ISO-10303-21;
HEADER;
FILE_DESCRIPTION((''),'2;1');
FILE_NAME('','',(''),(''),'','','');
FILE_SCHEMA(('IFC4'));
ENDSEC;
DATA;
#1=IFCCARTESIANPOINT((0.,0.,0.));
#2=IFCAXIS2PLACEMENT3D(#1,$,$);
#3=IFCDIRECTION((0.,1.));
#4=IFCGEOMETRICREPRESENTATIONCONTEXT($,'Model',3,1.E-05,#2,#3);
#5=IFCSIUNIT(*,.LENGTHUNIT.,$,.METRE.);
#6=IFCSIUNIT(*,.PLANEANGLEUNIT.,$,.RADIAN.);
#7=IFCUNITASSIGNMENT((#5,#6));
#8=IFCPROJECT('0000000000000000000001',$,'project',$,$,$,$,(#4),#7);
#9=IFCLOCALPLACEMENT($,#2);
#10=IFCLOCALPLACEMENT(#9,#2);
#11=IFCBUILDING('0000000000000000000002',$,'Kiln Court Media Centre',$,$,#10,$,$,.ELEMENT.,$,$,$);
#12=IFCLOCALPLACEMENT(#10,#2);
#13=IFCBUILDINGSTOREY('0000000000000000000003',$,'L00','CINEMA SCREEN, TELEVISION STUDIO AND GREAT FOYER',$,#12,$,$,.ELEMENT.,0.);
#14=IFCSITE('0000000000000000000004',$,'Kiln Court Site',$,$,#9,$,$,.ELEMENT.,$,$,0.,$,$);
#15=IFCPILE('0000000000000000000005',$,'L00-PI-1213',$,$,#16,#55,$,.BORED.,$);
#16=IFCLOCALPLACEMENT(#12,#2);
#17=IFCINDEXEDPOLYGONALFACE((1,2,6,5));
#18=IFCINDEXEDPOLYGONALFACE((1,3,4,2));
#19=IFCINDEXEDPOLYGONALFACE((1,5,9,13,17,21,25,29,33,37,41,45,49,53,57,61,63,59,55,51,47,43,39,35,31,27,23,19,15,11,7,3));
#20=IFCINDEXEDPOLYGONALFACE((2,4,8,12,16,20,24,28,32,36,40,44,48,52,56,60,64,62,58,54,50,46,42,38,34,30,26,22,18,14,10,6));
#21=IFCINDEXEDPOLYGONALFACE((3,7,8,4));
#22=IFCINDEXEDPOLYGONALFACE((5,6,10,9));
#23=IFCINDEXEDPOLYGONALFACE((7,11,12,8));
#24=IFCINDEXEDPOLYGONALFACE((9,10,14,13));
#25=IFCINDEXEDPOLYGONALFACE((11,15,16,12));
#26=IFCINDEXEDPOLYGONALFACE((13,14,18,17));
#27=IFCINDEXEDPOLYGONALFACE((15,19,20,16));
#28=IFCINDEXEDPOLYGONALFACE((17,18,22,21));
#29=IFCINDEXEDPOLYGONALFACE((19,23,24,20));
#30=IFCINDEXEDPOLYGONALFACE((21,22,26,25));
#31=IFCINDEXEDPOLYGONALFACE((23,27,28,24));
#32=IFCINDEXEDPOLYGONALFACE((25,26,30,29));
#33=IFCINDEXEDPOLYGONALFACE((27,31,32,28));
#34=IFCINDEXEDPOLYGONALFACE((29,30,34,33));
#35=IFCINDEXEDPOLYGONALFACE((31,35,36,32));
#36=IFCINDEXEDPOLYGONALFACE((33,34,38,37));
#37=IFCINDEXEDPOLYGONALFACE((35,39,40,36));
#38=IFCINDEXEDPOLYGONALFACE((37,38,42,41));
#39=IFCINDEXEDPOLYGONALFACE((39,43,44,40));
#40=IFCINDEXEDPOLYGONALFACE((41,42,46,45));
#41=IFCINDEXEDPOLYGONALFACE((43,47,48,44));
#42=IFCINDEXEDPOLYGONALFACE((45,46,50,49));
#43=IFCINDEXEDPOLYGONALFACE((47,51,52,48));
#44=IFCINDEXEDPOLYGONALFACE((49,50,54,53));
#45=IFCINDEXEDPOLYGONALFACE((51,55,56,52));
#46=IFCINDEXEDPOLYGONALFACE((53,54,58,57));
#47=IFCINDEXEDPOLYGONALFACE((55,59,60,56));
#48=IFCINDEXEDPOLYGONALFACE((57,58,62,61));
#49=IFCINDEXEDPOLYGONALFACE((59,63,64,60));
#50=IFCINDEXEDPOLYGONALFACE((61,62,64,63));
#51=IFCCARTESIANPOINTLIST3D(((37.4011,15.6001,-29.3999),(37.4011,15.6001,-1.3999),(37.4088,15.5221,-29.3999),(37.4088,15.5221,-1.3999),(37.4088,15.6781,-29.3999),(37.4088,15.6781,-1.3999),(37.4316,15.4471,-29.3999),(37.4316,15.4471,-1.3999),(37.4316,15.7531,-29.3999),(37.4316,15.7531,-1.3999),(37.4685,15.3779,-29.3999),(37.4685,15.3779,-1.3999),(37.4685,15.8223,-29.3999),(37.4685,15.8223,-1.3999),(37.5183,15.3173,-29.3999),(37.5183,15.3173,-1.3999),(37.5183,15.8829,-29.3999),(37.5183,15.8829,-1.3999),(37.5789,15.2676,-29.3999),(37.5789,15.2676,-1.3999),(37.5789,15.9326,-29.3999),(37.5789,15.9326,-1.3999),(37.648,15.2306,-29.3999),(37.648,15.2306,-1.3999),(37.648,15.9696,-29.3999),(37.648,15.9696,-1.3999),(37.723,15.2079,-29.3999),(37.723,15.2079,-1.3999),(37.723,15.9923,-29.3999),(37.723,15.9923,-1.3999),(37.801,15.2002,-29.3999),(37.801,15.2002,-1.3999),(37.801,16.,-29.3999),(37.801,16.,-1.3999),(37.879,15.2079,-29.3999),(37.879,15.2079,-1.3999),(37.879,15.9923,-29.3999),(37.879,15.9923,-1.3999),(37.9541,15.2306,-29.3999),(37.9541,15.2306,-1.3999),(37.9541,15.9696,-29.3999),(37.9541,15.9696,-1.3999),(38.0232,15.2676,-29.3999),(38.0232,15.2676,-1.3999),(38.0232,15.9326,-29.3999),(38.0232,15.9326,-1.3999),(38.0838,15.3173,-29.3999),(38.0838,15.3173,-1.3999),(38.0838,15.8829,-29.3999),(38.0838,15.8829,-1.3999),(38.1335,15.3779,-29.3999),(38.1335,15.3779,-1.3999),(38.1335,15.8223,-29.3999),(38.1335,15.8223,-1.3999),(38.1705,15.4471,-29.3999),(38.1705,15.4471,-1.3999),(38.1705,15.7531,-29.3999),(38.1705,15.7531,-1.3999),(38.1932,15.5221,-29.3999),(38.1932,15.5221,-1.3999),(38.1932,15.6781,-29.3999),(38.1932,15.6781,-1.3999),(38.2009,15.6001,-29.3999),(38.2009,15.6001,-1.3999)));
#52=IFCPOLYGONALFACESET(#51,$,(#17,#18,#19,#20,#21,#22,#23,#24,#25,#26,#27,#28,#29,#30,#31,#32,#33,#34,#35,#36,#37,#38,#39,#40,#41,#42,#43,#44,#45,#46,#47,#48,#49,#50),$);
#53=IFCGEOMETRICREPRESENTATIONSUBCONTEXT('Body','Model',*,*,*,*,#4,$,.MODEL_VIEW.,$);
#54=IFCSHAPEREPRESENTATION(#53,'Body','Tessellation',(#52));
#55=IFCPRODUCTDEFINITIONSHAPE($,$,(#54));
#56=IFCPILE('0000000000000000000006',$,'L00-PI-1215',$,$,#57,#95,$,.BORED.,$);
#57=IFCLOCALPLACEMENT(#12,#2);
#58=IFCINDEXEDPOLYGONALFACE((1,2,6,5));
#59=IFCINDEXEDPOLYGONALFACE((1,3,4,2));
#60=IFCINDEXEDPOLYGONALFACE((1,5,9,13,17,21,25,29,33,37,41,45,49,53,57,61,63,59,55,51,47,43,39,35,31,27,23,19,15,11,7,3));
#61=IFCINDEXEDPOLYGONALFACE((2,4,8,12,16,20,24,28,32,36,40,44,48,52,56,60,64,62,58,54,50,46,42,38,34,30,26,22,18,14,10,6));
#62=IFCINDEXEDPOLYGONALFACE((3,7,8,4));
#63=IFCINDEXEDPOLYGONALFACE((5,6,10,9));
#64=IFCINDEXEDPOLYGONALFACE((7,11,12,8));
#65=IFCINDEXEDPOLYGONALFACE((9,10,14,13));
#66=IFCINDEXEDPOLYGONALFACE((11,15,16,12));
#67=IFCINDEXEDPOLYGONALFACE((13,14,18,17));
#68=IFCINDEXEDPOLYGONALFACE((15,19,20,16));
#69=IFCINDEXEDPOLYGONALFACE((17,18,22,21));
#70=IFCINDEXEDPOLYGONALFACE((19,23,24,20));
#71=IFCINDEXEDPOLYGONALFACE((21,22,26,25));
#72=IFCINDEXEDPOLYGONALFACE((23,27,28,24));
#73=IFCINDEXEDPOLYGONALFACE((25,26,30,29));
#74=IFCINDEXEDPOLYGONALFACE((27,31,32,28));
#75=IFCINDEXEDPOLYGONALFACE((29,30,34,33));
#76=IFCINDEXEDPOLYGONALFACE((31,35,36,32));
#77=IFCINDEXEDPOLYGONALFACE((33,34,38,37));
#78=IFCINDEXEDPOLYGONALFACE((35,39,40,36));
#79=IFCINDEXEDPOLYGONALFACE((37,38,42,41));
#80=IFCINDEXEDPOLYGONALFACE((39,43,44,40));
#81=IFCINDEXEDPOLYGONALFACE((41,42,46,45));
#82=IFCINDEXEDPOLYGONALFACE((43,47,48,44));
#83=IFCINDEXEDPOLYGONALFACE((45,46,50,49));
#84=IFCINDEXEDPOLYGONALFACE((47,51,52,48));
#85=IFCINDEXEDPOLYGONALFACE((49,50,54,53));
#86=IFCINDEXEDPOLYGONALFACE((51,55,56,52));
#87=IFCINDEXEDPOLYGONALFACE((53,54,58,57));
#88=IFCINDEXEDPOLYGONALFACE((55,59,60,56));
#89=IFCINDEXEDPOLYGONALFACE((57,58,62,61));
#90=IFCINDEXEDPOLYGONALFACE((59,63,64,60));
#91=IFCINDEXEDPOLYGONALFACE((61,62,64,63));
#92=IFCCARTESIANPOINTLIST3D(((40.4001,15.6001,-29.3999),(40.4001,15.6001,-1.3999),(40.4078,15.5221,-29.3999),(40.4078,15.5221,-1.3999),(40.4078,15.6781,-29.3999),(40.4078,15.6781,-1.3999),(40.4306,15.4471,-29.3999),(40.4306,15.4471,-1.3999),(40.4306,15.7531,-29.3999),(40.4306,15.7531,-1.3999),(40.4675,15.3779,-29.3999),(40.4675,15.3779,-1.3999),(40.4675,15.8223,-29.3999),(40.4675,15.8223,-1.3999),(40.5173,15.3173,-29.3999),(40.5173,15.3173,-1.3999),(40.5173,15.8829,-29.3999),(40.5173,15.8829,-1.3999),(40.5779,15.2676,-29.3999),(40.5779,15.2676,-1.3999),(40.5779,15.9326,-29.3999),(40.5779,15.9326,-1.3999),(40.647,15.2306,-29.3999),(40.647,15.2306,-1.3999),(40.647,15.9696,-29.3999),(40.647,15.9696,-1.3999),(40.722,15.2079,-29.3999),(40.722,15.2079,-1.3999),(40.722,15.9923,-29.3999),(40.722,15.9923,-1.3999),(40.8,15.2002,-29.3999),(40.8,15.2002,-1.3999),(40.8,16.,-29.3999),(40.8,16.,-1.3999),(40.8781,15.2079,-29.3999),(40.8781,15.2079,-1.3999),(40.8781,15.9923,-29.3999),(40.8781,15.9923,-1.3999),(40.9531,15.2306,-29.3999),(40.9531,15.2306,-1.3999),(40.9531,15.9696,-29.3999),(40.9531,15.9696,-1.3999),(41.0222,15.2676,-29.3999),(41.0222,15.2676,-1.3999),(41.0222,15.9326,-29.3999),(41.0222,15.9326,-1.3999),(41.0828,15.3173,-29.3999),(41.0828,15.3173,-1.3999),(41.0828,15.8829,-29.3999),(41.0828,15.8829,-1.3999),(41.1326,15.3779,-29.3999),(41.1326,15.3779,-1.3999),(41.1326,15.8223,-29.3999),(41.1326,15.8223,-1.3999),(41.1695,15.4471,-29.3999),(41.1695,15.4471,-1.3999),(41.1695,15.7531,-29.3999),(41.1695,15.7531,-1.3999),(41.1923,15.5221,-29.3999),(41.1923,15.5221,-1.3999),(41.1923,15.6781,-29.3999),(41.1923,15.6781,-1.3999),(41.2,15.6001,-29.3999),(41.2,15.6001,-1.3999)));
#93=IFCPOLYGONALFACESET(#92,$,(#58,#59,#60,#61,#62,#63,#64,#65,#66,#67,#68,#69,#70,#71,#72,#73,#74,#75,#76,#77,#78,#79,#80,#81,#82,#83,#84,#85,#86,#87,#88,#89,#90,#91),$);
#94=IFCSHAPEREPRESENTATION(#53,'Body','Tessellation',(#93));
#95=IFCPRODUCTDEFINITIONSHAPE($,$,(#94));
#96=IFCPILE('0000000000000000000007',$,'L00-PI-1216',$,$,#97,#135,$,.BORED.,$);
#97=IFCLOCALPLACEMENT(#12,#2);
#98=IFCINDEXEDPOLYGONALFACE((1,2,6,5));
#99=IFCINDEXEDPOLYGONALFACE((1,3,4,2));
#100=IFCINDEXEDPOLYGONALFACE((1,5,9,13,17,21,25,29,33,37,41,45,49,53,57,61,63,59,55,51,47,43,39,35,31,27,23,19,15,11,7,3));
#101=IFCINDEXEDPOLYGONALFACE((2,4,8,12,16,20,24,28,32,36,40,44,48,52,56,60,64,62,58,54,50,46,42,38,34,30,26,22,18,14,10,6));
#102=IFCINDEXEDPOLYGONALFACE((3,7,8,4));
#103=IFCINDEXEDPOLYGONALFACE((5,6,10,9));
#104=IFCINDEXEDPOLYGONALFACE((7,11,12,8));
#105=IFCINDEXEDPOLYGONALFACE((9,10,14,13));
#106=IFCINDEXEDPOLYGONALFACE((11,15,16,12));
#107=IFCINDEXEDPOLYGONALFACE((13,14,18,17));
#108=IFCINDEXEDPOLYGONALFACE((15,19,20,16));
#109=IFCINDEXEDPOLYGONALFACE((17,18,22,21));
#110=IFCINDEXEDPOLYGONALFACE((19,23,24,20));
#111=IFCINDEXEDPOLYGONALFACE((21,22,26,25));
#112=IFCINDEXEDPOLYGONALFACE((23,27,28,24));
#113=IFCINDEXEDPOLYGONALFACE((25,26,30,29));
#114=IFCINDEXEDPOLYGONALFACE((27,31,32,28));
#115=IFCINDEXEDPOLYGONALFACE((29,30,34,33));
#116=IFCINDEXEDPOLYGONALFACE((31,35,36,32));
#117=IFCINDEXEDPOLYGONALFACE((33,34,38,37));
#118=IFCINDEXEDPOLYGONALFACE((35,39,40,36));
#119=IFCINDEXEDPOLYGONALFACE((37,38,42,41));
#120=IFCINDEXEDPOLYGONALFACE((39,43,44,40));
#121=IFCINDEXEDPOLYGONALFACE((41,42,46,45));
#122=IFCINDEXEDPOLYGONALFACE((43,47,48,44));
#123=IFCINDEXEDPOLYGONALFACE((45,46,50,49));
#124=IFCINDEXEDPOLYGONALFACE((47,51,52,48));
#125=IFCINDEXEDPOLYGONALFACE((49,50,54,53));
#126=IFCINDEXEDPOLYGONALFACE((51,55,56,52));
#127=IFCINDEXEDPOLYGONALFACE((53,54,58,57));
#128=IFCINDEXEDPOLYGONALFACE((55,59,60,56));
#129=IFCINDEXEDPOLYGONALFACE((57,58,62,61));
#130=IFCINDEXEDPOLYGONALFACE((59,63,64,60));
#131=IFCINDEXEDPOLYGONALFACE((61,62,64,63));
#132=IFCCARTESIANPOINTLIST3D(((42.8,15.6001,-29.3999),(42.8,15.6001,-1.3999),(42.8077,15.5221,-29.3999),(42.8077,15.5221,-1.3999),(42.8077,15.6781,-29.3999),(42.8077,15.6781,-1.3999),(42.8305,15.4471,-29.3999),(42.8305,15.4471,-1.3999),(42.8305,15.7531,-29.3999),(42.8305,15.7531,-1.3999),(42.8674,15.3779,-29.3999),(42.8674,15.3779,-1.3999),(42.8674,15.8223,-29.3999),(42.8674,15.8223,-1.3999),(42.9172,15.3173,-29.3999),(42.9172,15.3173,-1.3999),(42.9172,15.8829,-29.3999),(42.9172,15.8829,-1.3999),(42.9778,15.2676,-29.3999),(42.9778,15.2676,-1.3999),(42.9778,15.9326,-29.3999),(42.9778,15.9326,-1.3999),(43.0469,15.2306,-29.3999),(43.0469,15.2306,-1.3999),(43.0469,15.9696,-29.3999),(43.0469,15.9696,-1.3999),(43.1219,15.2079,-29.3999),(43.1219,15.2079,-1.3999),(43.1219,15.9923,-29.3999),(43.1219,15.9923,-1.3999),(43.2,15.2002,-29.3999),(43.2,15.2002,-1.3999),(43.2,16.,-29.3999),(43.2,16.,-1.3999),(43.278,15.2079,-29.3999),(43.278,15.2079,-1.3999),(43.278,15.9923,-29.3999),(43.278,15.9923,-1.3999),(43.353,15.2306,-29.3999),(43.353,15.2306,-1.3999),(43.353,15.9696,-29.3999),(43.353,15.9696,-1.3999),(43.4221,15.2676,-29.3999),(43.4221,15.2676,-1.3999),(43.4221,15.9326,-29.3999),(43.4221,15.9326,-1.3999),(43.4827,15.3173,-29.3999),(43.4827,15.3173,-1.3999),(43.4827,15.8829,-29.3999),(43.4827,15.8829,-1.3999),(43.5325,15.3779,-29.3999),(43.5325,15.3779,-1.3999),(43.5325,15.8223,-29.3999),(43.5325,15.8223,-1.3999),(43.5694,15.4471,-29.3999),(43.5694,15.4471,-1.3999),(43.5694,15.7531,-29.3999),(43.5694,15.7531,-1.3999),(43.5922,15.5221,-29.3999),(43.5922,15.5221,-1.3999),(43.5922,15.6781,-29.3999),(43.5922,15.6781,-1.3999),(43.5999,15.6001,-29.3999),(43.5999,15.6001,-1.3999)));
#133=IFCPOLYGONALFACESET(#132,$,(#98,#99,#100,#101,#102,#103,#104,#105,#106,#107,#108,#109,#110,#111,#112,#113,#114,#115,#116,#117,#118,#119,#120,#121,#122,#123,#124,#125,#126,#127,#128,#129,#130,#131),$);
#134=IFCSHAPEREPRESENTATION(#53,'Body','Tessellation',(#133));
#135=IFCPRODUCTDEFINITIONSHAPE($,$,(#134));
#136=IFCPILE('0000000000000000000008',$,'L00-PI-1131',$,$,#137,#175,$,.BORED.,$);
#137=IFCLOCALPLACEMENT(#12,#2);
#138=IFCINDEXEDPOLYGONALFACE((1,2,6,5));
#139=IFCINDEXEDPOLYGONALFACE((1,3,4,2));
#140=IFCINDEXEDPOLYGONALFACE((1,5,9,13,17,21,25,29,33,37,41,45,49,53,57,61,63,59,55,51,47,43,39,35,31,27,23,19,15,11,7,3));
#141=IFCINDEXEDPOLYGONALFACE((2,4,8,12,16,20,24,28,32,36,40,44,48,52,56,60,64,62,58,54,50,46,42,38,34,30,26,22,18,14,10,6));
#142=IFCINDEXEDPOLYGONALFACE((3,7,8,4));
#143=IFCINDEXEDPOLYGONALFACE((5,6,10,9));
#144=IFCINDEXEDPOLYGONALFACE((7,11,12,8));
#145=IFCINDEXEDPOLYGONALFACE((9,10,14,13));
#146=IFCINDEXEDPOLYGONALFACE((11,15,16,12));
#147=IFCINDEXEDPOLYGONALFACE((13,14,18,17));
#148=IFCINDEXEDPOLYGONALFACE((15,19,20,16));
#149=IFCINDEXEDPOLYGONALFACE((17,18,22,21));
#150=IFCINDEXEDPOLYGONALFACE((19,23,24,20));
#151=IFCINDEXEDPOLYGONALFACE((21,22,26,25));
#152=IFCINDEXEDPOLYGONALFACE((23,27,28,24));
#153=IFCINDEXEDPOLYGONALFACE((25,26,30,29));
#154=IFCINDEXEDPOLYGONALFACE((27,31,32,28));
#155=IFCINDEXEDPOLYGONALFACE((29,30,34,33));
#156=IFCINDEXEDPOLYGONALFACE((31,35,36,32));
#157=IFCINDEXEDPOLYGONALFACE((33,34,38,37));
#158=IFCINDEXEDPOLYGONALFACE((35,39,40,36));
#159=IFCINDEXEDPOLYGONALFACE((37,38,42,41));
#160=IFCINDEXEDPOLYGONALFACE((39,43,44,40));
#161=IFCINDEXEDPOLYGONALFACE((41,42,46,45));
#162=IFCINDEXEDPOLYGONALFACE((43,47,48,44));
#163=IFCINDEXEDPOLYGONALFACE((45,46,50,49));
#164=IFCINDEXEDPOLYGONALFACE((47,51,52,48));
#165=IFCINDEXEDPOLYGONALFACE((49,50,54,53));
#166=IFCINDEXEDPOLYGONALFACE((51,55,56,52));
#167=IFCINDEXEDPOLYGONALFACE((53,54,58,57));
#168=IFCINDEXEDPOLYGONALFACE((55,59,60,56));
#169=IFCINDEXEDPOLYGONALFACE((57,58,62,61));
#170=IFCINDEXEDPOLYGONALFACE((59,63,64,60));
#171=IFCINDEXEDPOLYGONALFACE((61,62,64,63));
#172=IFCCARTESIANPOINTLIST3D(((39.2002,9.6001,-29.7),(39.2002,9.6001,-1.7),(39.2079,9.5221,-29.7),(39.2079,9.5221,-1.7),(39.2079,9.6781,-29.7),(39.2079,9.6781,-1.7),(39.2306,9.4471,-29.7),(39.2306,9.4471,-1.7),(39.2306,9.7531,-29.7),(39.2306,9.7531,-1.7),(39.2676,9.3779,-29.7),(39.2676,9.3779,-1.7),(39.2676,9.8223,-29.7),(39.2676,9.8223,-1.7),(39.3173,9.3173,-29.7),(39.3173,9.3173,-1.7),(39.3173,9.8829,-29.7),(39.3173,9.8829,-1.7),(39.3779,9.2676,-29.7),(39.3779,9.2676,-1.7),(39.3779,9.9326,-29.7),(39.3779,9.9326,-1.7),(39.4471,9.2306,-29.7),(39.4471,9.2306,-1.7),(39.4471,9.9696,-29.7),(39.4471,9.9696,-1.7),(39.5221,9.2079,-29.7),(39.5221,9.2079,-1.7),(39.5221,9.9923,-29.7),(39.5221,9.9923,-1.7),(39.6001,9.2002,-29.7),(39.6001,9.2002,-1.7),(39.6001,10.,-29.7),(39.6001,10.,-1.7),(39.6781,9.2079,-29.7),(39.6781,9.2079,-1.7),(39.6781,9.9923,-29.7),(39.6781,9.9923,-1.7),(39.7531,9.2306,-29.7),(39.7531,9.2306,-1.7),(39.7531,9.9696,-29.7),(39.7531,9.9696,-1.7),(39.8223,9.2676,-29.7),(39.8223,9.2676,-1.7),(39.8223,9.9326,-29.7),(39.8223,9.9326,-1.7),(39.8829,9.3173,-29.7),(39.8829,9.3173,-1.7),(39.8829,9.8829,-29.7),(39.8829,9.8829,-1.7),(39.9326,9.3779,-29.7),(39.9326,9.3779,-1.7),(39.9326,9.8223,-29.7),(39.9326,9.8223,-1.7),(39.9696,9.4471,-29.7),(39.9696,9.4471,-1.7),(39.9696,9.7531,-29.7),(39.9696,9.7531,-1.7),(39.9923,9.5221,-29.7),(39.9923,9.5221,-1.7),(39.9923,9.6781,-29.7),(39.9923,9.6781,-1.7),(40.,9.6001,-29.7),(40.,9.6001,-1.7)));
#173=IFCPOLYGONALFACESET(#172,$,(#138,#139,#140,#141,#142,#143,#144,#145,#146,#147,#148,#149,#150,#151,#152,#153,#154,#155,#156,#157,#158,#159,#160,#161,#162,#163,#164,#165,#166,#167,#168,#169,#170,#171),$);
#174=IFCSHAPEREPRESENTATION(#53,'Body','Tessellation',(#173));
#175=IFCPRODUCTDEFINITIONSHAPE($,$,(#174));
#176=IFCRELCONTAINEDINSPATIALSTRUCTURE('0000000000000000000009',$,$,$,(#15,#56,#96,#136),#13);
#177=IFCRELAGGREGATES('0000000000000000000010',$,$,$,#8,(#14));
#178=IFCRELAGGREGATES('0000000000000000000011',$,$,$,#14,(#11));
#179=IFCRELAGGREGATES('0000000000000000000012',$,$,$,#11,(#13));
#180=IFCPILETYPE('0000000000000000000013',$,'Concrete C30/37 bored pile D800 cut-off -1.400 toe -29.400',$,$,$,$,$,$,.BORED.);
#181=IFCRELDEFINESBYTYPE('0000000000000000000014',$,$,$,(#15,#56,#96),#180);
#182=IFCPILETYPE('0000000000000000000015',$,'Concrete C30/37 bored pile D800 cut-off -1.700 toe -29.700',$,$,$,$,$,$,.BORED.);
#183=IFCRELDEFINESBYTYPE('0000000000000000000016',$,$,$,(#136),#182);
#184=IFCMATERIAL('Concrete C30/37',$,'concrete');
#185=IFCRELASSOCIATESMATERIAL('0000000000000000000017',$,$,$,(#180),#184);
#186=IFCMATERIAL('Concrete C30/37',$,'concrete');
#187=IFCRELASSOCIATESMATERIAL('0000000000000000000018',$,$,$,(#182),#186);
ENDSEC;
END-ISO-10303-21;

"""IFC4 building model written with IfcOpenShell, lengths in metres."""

from ifc_helpers import new_model, si_unit, direction, frame, origin, origin_2d, place, context, subcontext, project, spatial, circle, extrude, material, material_profile, profile_set, type_object, element, save


model = new_model("IFC4")

# Units and contexts
model_context = context("Model", 3, precision=1e-05, world=origin(), true_north=direction((0.0, 1.0)))
body_context = subcontext(model_context, "Body", "Model", "MODEL_VIEW")
ifc_project = project(units=[si_unit("LENGTHUNIT", "METRE"), si_unit("PLANEANGLEUNIT", "RADIAN")], contexts=[model_context])

# Site, building, storey
site_placement = place(None, origin())
site = spatial("IfcSite", under=ifc_project, at=site_placement, Name="Kiln Court Site", CompositionType="ELEMENT", RefElevation=0.0)
building_placement = place(site_placement, origin())
building = spatial("IfcBuilding", under=site, at=building_placement, Name="Kiln Court Media Centre", CompositionType="ELEMENT")
storey_placement = place(building_placement, origin())
storey = spatial("IfcBuildingStorey", under=building, at=storey_placement, Name="L00", Description="CINEMA SCREEN, TELEVISION STUDIO AND GREAT FOYER", CompositionType="ELEMENT", Elevation=0.0)

# Piles
ifc_material_1 = material(Name="Concrete C30/37", Category="concrete")
ifc_material_profile_1 = material_profile(ifc_material_1, circle(Radius=0.3999, at=origin_2d()), Name="PILE D800")
ifc_profile_set_1 = profile_set([ifc_material_profile_1], Name="Concrete C30/37")
pile_type_1 = type_object("IfcPileType", Name="Concrete C30/37 bored pile D800 cut-off -1.400 toe -29.400", PredefinedType="BORED", material=ifc_profile_set_1)
for number, where, z_axis, x_axis, name in (
    (1, (37.801, 15.6001, -1.3999), (0.0, 0.0, -1.0), (1.0, 0.0, 0.0), "L00-PI-1213"),
    (2, (40.8, 15.6001, -1.3999), (0.0, 0.0, -1.0), (1.0, 0.0, 0.0), "L00-PI-1215"),
    (3, (43.2, 15.6001, -1.3999), (0.0, 0.0, -1.0), (1.0, 0.0, 0.0), "L00-PI-1216"),
):
    element("IfcPile", number, at=place(storey_placement, frame(where, z_axis=z_axis, x_axis=x_axis)), inside=storey, type_object=pile_type_1, Name=name, PredefinedType="BORED", context=body_context, shape_type="SweptSolid", body=[
        extrude(circle(Radius=0.3999, at=origin_2d()), origin(), (0.0, 0.0, 1.0), 28.0),
    ])
ifc_material_2 = material(Name="Concrete C30/37", Category="concrete")
ifc_material_profile_2 = material_profile(ifc_material_2, circle(Radius=0.3999, at=origin_2d()), Name="PILE D800")
ifc_profile_set_2 = profile_set([ifc_material_profile_2], Name="Concrete C30/37")
pile_type_2 = type_object("IfcPileType", Name="Concrete C30/37 bored pile D800 cut-off -1.700 toe -29.700", PredefinedType="BORED", material=ifc_profile_set_2)
for number, where, z_axis, x_axis, name in (
    (4, (39.6001, 9.6001, -1.7), (0.0, 0.0, -1.0), (1.0, 0.0, 0.0), "L00-PI-1131"),
):
    element("IfcPile", number, at=place(storey_placement, frame(where, z_axis=z_axis, x_axis=x_axis)), inside=storey, type_object=pile_type_2, Name=name, PredefinedType="BORED", context=body_context, shape_type="SweptSolid", body=[
        extrude(circle(Radius=0.3999, at=origin_2d()), origin(), (0.0, 0.0, 1.0), 28.0),
    ])

save(model, "model.ifc")
